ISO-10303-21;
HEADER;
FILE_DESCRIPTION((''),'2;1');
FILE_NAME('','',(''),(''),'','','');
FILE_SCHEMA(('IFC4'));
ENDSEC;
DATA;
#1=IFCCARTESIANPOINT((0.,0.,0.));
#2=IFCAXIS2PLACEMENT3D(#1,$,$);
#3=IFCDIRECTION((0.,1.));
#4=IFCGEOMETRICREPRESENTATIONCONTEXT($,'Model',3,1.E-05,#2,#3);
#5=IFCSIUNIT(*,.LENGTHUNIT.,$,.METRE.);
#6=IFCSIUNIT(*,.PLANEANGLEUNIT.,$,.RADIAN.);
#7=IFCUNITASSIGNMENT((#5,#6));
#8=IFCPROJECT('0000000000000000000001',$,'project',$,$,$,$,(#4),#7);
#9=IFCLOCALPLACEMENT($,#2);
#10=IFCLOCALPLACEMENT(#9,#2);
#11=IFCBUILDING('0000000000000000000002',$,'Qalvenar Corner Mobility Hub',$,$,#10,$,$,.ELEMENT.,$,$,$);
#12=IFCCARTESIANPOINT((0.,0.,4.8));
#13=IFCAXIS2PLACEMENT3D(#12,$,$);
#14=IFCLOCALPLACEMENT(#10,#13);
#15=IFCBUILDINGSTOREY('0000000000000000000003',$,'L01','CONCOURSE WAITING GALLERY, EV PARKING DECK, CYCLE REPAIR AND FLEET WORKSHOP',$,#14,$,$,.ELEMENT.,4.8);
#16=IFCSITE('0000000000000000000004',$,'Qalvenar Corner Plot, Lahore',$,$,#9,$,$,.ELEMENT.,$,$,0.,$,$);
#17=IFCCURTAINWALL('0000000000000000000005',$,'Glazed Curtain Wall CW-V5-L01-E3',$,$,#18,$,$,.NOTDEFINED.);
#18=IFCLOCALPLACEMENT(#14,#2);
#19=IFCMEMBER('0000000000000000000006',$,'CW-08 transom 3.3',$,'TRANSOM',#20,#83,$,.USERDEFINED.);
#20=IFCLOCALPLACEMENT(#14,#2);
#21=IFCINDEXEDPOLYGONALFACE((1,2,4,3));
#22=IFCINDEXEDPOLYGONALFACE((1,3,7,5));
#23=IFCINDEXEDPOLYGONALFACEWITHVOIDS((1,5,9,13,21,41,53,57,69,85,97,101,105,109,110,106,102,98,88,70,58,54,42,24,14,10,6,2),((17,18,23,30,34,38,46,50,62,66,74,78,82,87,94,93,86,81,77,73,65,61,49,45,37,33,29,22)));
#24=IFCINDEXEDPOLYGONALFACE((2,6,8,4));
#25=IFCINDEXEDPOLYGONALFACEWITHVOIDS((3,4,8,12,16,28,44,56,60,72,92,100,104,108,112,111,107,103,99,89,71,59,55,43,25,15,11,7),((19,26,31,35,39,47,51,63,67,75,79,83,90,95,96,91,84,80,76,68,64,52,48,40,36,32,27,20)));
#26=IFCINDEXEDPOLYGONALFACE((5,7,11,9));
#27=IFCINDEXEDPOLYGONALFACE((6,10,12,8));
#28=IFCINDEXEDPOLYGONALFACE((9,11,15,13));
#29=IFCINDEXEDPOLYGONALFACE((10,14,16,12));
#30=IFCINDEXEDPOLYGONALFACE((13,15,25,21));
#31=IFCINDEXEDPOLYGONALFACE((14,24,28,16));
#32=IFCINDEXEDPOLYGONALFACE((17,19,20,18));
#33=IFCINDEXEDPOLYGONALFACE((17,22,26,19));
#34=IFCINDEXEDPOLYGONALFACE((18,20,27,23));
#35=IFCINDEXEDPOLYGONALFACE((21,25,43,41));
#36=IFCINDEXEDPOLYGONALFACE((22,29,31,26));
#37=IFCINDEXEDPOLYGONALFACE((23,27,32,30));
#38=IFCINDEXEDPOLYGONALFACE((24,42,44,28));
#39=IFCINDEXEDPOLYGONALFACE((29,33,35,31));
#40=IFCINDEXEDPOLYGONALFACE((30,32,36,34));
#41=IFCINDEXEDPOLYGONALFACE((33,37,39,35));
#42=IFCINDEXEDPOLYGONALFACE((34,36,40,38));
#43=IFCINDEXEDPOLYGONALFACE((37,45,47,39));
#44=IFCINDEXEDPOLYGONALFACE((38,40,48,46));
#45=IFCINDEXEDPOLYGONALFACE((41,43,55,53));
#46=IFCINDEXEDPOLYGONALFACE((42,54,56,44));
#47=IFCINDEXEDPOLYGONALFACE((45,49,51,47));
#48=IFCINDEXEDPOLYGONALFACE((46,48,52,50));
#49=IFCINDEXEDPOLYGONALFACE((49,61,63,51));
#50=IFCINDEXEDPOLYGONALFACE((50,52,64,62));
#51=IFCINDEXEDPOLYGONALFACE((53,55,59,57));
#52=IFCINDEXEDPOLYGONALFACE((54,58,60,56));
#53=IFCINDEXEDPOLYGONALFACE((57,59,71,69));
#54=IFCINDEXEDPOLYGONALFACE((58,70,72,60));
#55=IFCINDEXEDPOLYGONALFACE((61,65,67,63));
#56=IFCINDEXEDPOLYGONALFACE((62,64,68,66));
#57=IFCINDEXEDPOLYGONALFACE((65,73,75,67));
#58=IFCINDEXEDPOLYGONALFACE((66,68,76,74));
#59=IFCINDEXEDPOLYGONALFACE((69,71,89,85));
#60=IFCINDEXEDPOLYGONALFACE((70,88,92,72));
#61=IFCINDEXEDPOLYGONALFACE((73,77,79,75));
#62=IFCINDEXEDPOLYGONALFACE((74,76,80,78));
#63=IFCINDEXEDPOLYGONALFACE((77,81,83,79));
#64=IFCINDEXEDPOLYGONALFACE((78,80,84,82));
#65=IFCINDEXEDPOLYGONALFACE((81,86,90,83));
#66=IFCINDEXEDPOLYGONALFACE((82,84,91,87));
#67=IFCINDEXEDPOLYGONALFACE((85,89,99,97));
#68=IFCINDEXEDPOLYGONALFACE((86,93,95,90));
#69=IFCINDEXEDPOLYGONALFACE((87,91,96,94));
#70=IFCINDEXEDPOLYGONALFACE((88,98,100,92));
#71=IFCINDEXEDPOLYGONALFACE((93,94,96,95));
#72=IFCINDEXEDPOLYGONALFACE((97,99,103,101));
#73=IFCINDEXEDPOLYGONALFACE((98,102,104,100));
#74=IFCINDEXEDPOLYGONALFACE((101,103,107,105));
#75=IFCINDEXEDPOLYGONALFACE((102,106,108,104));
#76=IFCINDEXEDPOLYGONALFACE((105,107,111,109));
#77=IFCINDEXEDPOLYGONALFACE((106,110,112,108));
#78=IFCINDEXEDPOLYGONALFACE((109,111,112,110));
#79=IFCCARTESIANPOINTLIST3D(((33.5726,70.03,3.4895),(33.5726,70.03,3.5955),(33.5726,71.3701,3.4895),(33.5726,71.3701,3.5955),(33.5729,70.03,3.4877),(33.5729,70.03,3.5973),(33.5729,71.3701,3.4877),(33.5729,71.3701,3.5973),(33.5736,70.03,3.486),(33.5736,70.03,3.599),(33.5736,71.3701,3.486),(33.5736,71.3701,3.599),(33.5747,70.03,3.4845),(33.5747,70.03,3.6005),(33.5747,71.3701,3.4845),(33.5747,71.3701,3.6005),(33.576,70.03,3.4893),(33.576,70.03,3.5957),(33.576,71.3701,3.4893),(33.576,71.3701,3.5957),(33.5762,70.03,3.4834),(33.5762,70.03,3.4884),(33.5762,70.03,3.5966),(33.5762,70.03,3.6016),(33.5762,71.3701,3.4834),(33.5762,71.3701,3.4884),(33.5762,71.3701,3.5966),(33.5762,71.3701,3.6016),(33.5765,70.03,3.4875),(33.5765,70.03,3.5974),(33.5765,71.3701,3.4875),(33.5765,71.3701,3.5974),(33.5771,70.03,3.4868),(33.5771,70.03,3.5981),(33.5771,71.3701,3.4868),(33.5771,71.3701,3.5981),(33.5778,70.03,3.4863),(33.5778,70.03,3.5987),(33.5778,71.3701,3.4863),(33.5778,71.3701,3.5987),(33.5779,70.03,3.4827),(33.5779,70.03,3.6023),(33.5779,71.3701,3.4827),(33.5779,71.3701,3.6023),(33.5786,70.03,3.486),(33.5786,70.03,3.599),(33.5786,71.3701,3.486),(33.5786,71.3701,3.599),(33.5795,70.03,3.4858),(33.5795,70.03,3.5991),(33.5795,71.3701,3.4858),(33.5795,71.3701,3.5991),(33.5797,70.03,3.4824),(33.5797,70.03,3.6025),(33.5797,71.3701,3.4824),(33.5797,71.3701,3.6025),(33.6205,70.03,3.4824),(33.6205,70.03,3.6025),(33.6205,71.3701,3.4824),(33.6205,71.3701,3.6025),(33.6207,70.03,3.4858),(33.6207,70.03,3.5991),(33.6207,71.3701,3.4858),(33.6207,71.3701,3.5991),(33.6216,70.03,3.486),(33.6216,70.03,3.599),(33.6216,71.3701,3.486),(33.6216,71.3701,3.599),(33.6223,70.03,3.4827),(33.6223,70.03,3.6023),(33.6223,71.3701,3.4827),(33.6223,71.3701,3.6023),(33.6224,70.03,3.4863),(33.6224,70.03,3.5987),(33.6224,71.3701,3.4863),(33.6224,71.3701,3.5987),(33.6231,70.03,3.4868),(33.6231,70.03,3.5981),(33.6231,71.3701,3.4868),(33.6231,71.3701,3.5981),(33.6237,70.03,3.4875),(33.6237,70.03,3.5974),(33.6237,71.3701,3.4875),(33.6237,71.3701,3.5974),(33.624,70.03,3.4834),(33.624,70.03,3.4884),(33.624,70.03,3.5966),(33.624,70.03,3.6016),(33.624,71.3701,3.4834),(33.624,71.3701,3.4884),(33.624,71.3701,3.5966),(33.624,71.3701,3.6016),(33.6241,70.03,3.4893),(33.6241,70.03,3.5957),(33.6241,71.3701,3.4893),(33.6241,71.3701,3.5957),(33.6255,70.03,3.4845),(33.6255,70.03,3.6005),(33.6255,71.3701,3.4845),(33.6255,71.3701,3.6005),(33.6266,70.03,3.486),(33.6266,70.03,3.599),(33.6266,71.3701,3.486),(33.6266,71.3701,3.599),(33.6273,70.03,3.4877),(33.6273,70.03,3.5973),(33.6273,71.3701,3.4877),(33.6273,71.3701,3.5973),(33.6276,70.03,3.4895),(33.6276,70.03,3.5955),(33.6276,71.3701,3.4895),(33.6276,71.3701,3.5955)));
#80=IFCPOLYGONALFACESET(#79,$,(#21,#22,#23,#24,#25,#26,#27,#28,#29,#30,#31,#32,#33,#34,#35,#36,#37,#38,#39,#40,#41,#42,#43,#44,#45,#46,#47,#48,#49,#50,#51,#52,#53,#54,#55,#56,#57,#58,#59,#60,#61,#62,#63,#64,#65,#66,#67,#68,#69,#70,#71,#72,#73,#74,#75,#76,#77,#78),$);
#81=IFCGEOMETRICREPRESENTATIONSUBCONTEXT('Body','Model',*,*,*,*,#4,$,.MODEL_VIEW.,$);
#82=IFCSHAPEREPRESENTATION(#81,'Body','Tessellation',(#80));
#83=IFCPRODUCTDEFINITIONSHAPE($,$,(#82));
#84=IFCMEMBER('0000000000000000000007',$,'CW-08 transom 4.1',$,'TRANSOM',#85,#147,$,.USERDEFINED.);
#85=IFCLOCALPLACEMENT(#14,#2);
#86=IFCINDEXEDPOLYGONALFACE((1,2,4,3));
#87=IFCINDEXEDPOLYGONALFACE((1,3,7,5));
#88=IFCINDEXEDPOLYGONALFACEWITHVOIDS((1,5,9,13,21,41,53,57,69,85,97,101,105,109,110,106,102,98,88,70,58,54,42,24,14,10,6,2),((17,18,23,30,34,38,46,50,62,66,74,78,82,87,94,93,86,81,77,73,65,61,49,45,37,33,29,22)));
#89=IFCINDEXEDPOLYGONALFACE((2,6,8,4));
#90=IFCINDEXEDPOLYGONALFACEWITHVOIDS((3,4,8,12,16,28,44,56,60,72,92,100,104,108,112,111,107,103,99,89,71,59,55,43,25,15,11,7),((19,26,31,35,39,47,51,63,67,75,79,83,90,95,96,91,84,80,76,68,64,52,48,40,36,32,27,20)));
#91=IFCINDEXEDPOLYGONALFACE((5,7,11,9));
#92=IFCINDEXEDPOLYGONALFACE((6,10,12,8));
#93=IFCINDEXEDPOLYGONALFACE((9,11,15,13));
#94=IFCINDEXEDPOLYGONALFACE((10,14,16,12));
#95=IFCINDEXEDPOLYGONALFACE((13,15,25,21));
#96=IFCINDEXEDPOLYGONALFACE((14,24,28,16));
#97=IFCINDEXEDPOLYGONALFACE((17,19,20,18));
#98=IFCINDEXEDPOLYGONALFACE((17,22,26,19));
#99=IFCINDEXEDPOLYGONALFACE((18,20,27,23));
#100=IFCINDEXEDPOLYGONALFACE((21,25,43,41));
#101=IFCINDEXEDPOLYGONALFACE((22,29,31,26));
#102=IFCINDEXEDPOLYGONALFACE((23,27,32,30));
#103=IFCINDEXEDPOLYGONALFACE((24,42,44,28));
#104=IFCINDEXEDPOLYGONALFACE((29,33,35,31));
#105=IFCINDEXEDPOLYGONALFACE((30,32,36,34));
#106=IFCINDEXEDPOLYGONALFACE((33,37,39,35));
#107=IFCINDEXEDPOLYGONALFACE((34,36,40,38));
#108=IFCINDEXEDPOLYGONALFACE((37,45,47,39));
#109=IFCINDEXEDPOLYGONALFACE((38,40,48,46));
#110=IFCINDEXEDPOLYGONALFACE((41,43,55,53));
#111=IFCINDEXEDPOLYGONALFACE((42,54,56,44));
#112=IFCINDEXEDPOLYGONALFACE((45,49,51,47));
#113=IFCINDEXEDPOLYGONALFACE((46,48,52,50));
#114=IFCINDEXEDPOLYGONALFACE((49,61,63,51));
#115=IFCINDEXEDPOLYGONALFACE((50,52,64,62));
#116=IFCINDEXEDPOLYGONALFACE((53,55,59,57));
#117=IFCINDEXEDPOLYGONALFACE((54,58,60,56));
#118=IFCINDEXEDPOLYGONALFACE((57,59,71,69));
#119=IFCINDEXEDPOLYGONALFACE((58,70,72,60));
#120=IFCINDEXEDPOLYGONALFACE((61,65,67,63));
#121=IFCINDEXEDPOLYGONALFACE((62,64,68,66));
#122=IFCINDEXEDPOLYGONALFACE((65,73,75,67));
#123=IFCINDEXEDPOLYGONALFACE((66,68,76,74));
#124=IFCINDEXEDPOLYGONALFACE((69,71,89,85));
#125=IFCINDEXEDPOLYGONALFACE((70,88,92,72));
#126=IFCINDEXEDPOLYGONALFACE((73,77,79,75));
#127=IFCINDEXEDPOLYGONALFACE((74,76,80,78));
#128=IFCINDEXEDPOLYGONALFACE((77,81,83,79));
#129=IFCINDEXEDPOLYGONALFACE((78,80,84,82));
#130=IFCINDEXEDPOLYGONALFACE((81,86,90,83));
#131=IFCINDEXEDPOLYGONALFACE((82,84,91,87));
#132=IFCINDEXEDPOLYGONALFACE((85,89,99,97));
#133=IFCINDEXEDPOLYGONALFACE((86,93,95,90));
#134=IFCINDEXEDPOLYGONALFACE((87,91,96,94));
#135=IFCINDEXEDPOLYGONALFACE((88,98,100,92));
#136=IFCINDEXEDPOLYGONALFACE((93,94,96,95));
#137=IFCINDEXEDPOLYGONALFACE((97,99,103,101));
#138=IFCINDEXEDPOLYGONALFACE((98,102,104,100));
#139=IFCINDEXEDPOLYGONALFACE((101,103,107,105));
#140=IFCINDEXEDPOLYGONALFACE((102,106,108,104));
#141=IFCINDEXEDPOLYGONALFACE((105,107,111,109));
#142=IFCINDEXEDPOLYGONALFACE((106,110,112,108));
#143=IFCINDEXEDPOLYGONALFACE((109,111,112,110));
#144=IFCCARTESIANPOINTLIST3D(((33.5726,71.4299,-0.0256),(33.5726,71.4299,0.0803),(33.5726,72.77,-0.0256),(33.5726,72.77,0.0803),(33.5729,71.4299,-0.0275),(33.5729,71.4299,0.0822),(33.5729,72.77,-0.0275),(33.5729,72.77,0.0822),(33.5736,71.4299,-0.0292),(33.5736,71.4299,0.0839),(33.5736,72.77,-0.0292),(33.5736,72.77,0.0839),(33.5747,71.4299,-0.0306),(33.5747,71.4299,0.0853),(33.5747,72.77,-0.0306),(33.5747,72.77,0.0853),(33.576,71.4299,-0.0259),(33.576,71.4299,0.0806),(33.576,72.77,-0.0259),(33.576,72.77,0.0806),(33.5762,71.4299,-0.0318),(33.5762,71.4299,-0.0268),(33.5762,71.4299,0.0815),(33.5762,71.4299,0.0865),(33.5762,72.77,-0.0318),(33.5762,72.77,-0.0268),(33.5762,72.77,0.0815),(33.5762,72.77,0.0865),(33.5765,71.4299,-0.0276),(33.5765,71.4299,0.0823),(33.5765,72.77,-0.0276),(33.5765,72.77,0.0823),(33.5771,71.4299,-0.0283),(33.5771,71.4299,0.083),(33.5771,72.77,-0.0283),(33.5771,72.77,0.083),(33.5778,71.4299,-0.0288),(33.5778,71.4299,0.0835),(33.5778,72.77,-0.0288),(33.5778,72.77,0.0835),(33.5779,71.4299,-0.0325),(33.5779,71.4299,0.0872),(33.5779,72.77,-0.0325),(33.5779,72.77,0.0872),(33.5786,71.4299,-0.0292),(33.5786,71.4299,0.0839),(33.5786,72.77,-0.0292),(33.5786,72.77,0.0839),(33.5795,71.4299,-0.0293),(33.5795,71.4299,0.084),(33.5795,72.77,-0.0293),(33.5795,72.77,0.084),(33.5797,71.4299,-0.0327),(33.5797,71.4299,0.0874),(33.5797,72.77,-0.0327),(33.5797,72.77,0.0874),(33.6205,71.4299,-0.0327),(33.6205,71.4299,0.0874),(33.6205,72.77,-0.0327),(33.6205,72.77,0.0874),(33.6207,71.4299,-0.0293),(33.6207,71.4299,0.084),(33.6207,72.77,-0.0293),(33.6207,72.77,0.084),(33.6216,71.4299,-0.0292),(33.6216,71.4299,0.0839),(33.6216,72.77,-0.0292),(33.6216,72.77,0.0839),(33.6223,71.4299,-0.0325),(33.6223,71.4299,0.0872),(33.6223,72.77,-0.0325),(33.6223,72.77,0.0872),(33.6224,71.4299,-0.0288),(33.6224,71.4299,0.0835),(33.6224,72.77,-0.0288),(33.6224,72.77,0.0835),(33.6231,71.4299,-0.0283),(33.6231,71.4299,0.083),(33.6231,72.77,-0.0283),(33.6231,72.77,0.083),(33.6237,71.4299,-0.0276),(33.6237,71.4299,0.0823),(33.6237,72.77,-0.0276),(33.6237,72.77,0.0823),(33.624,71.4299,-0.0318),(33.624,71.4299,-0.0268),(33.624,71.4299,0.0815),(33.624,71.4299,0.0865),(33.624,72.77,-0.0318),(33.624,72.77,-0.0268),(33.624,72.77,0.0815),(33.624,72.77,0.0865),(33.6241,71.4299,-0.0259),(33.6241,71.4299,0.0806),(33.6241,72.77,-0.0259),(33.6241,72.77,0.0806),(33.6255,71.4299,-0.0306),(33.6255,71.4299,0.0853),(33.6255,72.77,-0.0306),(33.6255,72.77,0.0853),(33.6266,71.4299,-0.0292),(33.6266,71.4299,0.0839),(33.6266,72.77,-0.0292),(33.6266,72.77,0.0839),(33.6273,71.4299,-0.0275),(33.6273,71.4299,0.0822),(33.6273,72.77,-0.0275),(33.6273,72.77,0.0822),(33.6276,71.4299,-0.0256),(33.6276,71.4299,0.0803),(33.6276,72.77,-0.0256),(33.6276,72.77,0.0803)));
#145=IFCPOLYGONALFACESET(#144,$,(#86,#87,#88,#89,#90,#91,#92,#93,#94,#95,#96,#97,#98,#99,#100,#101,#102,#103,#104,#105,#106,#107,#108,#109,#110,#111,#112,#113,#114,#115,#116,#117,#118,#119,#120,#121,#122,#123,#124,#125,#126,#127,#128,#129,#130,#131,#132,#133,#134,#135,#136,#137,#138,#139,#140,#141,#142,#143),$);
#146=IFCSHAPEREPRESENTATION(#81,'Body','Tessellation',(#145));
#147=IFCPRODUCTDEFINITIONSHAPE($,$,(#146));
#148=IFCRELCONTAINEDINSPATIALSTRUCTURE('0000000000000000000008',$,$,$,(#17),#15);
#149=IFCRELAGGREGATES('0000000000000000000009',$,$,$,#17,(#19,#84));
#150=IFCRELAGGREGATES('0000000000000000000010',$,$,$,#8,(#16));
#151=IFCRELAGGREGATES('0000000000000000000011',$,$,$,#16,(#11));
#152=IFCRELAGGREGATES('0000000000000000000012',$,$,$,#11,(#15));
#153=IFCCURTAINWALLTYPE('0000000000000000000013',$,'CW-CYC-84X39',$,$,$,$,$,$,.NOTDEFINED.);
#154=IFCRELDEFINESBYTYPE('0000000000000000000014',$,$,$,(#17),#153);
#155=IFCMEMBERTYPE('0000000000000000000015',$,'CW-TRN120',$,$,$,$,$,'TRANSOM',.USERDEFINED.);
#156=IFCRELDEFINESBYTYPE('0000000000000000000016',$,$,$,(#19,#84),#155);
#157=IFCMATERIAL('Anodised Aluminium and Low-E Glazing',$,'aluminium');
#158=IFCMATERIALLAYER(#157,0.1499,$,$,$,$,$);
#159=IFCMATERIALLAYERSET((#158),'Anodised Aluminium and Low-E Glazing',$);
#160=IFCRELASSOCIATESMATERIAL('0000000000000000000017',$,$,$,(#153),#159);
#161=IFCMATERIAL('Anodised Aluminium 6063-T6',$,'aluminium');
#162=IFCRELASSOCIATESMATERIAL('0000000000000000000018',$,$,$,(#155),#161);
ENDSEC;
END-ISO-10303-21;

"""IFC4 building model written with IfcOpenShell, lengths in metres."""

from ifc_helpers import new_model, si_unit, direction, frame, origin, origin_2d, place, context, subcontext, project, spatial, hollow_rectangle, extrude, material, layer, layer_set, material_profile, profile_set, type_object, element, aggregate, save


model = new_model("IFC4")

# Units and contexts
model_context = context("Model", 3, precision=1e-05, world=origin(), true_north=direction((0.0, 1.0)))
body_context = subcontext(model_context, "Body", "Model", "MODEL_VIEW")
ifc_project = project(units=[si_unit("LENGTHUNIT", "METRE"), si_unit("PLANEANGLEUNIT", "RADIAN")], contexts=[model_context])

# Site, building, storey
site_placement = place(None, origin())
site = spatial("IfcSite", under=ifc_project, at=site_placement, Name="Qalvenar Corner Plot, Lahore", CompositionType="ELEMENT", RefElevation=0.0)
building_placement = place(site_placement, origin())
building = spatial("IfcBuilding", under=site, at=building_placement, Name="Qalvenar Corner Mobility Hub", CompositionType="ELEMENT")
storey_placement = place(building_placement, frame((0.0, 0.0, 4.8)))
storey = spatial("IfcBuildingStorey", under=building, at=storey_placement, Name="L01", Description="CONCOURSE WAITING GALLERY, EV PARKING DECK, CYCLE REPAIR AND FLEET WORKSHOP", CompositionType="ELEMENT", Elevation=4.8)

# Curtain wall, members
ifc_material_1 = material(Name="Anodised Aluminium and Low-E Glazing", Category="aluminium")
ifc_layer_1 = layer(ifc_material_1, 0.1499)
ifc_layer_set_1 = layer_set([ifc_layer_1], Name="Anodised Aluminium and Low-E Glazing")
curtain_wall_type = type_object("IfcCurtainWallType", Name="CW-CYC-84X39", PredefinedType="NOTDEFINED", material=ifc_layer_set_1)
curtain_wall_placement = place(storey_placement, origin())
curtain_wall = element("IfcCurtainWall", 1, at=curtain_wall_placement, inside=storey, type_object=curtain_wall_type, Name="Glazed Curtain Wall CW-V5-L01-E3", PredefinedType="NOTDEFINED")
ifc_material_2 = material(Name="Anodised Aluminium 6063-T6", Category="aluminium")
ifc_material_profile_1 = material_profile(ifc_material_2, hollow_rectangle(XDim=0.0549, YDim=0.1201, WallThickness=0.0034, InnerFilletRadius=0.0034, OuterFilletRadius=0.0071, at=origin_2d()), Name="RHS120x55x3.5")
ifc_profile_set_1 = profile_set([ifc_material_profile_1], Name="Anodised Aluminium 6063-T6")
member_type_1 = type_object("IfcMemberType", Name="CW-TRN120", ElementType="TRANSOM", PredefinedType="USERDEFINED", material=ifc_profile_set_1)
member_1_placement = place(storey_placement, frame((33.6001, 70.03, 3.5425), z_axis=(0.0, 1.0, 0.0), x_axis=(-1.0, 0.0, 0.0)))
member_1 = element("IfcMember", 2, at=member_1_placement, type_object=member_type_1, Name="CW-08 transom 3.3", ObjectType="TRANSOM", PredefinedType="USERDEFINED", context=body_context, shape_type="SweptSolid", body=[
    extrude(hollow_rectangle(XDim=0.0549, YDim=0.1201, WallThickness=0.0034, InnerFilletRadius=0.0034, OuterFilletRadius=0.0071, at=origin_2d()), origin(), (0.0, 0.0, 1.0), 1.3401),
])
member_2_placement = place(storey_placement, frame((33.6001, 71.4299, 0.0273), z_axis=(0.0, 1.0, 0.0), x_axis=(-1.0, 0.0, 0.0)))
member_2 = element("IfcMember", 3, at=member_2_placement, type_object=member_type_1, Name="CW-08 transom 4.1", ObjectType="TRANSOM", PredefinedType="USERDEFINED", context=body_context, shape_type="SweptSolid", body=[
    extrude(hollow_rectangle(XDim=0.0549, YDim=0.1201, WallThickness=0.0034, InnerFilletRadius=0.0034, OuterFilletRadius=0.0071, at=origin_2d()), origin(), (0.0, 0.0, 1.0), 1.3401),
])
aggregate(curtain_wall, [member_1, member_2])

save(model, "model.ifc")
